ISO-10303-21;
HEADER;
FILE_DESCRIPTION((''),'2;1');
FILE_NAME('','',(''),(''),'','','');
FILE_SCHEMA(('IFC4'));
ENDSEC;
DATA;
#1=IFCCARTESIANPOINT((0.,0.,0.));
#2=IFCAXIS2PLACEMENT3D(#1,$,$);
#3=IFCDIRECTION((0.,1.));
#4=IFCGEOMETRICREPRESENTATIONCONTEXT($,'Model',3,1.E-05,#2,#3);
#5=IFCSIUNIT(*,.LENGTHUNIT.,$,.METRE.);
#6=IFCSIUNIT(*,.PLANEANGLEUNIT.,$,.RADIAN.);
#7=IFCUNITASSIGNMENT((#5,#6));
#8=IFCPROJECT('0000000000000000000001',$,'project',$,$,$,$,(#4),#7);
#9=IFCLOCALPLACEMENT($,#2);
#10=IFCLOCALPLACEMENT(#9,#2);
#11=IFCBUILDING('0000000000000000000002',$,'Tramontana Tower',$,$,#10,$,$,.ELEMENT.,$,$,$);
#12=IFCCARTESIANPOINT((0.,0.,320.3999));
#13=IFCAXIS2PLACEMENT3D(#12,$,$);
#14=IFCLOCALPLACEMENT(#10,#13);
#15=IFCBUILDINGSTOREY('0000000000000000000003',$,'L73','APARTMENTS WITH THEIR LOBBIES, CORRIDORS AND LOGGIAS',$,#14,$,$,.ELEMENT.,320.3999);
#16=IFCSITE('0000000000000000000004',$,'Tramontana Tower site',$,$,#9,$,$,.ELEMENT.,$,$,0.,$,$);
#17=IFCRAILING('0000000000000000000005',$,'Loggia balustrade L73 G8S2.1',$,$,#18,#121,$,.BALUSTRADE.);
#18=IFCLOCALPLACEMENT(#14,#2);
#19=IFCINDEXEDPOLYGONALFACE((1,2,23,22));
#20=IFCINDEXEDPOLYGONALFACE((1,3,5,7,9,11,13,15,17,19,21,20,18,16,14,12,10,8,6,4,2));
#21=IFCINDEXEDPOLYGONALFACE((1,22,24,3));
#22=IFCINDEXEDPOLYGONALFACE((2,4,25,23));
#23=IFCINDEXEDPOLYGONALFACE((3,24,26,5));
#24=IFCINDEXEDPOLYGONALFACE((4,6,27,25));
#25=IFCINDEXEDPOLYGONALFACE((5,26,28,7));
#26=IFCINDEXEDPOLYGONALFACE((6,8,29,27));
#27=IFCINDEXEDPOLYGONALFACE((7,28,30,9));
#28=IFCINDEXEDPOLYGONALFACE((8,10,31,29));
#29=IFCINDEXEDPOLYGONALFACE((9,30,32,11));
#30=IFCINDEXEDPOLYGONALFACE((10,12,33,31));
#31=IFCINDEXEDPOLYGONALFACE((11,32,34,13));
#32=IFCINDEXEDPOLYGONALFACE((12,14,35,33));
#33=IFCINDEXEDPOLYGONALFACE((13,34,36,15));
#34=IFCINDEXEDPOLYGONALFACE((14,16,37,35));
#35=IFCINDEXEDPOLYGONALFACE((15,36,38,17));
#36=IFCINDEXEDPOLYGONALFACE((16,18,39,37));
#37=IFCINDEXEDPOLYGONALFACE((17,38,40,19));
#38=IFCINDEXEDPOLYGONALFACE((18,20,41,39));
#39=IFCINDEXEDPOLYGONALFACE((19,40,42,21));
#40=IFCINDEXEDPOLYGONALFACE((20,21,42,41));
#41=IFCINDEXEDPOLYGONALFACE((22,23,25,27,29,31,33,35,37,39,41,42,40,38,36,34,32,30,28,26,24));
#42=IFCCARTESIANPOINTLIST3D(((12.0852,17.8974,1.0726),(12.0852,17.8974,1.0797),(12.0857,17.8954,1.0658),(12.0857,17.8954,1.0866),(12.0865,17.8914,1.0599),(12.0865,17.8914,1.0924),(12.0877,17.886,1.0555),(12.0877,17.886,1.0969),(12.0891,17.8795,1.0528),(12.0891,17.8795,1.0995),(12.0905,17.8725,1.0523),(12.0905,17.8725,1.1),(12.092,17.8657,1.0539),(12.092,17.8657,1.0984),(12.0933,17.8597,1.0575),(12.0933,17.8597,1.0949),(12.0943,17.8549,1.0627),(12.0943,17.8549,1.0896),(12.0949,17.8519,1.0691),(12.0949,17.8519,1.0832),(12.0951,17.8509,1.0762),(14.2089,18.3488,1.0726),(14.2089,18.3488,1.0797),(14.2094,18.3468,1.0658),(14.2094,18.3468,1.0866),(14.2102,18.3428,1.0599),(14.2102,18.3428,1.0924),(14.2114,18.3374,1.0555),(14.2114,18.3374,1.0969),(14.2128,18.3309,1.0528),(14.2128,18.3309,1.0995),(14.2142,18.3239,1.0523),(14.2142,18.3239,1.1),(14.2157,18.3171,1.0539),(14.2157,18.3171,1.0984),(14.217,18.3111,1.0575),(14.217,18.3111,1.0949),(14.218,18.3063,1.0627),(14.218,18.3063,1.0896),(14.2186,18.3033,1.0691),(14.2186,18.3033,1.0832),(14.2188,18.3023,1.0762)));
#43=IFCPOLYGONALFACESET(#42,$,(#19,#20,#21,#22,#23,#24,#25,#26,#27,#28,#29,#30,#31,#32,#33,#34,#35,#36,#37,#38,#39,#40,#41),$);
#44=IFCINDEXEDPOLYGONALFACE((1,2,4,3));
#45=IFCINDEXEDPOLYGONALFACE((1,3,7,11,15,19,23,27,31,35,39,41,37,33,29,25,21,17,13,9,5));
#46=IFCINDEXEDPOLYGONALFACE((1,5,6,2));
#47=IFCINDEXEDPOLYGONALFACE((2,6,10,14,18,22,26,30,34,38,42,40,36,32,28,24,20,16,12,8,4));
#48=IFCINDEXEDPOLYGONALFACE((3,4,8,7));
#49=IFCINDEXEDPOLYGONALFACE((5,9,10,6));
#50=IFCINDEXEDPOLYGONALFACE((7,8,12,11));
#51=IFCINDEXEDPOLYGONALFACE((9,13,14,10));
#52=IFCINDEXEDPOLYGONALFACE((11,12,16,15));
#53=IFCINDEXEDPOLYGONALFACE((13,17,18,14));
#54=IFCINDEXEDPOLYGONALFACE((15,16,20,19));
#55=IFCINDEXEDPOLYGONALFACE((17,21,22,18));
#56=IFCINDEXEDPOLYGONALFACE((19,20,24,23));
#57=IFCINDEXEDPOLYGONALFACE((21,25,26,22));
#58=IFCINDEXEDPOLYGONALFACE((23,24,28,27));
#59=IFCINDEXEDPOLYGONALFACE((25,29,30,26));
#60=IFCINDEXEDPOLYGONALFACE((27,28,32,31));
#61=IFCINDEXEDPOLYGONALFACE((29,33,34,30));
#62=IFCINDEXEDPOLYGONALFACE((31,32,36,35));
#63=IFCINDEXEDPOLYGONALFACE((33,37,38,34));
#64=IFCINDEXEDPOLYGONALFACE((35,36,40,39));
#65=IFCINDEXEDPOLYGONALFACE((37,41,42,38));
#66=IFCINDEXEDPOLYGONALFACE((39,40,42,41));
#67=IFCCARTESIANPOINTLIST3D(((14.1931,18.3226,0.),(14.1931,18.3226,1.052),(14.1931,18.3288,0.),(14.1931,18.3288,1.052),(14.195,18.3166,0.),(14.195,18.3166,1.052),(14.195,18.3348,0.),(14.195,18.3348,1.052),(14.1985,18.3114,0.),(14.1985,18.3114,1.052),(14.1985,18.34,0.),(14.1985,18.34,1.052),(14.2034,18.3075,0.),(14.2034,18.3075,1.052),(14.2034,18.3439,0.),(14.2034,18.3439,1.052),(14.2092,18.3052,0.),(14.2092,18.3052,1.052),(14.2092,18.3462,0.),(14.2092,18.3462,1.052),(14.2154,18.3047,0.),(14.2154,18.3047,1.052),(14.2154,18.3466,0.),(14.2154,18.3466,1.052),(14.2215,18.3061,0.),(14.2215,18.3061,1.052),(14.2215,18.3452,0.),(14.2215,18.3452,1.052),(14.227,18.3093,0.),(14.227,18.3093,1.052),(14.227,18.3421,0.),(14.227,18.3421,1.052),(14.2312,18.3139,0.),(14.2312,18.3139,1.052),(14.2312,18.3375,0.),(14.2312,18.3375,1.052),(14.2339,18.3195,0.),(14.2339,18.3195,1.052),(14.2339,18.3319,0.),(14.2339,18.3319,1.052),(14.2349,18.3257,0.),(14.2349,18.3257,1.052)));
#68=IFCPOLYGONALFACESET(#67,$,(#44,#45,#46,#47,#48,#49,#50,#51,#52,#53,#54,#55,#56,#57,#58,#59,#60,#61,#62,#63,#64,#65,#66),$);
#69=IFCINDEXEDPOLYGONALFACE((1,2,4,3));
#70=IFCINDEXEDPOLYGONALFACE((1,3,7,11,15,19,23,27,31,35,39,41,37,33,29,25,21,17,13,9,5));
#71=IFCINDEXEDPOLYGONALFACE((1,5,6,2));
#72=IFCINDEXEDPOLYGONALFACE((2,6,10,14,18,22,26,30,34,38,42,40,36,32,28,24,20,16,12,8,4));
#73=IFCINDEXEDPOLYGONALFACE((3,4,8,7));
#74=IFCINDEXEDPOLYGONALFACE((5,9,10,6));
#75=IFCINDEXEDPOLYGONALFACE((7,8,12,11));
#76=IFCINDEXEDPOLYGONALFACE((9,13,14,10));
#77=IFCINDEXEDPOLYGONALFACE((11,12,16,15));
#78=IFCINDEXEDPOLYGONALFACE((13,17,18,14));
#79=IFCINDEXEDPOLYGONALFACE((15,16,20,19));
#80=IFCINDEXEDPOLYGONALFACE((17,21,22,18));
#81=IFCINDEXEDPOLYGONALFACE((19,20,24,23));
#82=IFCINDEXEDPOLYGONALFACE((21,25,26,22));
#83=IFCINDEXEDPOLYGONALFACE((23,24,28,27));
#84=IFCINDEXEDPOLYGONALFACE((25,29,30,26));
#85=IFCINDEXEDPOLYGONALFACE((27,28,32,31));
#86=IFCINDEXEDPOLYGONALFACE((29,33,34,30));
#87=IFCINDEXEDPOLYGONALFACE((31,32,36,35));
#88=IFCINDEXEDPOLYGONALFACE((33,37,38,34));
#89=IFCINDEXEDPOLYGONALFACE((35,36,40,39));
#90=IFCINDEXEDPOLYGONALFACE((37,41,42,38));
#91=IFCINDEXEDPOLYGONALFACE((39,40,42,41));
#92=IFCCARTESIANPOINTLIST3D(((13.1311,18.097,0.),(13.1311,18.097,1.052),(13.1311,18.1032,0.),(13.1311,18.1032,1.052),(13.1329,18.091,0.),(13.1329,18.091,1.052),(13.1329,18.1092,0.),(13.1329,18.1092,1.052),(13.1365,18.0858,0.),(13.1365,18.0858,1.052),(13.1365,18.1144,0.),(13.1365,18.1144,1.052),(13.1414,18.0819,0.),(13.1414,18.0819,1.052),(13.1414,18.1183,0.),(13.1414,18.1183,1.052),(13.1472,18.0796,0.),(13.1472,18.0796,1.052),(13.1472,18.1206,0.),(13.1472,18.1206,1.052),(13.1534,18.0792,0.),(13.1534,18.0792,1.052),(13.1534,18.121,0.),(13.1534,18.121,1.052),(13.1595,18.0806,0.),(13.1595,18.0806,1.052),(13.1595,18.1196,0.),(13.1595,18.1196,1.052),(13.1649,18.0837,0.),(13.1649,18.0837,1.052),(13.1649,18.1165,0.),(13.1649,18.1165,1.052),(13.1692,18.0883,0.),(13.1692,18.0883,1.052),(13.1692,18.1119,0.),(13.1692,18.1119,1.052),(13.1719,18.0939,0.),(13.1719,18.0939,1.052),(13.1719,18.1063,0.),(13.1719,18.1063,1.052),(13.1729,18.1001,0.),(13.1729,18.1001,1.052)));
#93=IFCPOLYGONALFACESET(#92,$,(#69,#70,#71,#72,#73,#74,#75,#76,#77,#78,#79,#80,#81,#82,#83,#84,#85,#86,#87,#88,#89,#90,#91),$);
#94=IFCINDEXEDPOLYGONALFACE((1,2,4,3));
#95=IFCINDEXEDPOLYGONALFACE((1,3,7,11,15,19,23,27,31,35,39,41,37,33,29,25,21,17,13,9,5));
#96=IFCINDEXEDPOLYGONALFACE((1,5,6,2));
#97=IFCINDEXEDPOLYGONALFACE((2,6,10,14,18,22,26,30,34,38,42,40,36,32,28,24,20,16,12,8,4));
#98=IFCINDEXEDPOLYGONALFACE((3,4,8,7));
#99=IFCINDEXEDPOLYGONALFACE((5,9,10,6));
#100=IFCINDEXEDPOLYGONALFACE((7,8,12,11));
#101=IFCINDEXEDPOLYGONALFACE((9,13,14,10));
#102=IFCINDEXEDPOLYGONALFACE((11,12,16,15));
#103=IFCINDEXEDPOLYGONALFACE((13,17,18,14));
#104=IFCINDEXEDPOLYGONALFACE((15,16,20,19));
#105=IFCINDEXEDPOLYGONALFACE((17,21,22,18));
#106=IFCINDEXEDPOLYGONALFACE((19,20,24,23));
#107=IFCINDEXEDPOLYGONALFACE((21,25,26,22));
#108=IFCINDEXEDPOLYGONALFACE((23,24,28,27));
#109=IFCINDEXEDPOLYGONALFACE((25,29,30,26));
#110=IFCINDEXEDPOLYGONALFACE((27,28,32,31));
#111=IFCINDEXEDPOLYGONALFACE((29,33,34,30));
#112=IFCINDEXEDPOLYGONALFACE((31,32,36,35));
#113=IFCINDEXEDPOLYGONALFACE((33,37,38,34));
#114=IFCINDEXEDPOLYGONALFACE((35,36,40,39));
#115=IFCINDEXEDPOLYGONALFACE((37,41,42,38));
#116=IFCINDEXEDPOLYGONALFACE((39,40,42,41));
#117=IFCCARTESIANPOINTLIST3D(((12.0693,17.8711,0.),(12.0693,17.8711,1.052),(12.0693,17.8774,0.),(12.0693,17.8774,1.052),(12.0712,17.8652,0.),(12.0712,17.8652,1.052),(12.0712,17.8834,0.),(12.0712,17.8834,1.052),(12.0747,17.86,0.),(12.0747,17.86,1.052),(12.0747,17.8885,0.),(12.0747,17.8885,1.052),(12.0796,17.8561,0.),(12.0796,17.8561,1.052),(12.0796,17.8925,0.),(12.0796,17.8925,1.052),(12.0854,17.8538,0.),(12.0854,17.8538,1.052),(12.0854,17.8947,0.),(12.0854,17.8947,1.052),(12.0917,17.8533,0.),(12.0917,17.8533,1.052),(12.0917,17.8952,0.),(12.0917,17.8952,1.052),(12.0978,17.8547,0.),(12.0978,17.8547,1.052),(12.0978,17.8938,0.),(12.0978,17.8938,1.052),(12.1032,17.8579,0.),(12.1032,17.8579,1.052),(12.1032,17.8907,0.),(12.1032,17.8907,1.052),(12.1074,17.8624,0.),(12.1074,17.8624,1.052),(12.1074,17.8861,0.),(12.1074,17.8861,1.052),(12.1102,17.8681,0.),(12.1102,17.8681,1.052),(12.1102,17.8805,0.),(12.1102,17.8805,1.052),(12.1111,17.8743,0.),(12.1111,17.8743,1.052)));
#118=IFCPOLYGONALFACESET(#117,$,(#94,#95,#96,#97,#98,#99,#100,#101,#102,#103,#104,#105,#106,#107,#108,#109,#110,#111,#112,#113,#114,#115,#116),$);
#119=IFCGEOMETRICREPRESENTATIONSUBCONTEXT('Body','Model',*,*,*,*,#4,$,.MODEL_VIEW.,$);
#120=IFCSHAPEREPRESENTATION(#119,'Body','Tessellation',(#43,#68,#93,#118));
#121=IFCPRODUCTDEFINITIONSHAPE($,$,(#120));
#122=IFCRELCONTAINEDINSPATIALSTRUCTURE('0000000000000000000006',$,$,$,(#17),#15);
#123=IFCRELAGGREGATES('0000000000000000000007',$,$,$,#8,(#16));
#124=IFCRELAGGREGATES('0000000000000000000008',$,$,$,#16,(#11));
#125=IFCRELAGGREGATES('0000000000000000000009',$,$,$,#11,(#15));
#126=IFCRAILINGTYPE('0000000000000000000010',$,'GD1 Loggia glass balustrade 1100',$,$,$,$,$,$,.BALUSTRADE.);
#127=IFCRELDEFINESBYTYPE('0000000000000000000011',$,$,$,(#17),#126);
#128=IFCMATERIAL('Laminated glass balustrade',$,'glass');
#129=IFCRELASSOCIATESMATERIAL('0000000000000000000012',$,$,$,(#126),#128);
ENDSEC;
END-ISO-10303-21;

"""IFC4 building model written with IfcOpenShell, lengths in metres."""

from ifc_helpers import new_model, si_unit, direction, frame, origin, origin_2d, place, context, subcontext, project, spatial, circle, extrude, material, type_object, element, save


model = new_model("IFC4")

# Units and contexts
model_context = context("Model", 3, precision=1e-05, world=origin(), true_north=direction((0.0, 1.0)))
body_context = subcontext(model_context, "Body", "Model", "MODEL_VIEW")
ifc_project = project(units=[si_unit("LENGTHUNIT", "METRE"), si_unit("PLANEANGLEUNIT", "RADIAN")], contexts=[model_context])

# Site, building, storey
site_placement = place(None, origin())
site = spatial("IfcSite", under=ifc_project, at=site_placement, Name="Tramontana Tower site", CompositionType="ELEMENT", RefElevation=0.0)
building_placement = place(site_placement, origin())
building = spatial("IfcBuilding", under=site, at=building_placement, Name="Tramontana Tower", CompositionType="ELEMENT")
storey_placement = place(building_placement, frame((0.0, 0.0, 320.3999)))
storey = spatial("IfcBuildingStorey", under=building, at=storey_placement, Name="L73", Description="APARTMENTS WITH THEIR LOBBIES, CORRIDORS AND LOGGIAS", CompositionType="ELEMENT", Elevation=320.3999)

# Railing
ifc_material_1 = material(Name="Laminated glass balustrade", Category="glass")
railing_type = type_object("IfcRailingType", Name="GD1 Loggia glass balustrade 1100", PredefinedType="BALUSTRADE", material=ifc_material_1)
railing_1_placement = place(storey_placement, frame((14.2139, 18.3257, 0.0)))
element("IfcRailing", 1, at=railing_1_placement, inside=storey, type_object=railing_type, Name="Loggia balustrade L73 G8S2.1", PredefinedType="BALUSTRADE", context=body_context, shape_type="SweptSolid", body=[
    extrude(circle(Radius=0.0239, at=origin_2d()), frame((0.0, 0.0, 1.0762), z_axis=(-0.978148, -0.207909, 0.0), x_axis=(0.207909, -0.978148, 0.0)), (0.0, 0.0, 1.0), 2.1711),
    extrude(circle(Radius=0.021, at=origin_2d()), origin(), (0.0, 0.0, 1.0), 1.052),
    extrude(circle(Radius=0.021, at=origin_2d()), frame((-1.062, -0.2256, 0.0)), (0.0, 0.0, 1.0), 1.052),
    extrude(circle(Radius=0.021, at=origin_2d()), frame((-2.1238, -0.4514, 0.0)), (0.0, 0.0, 1.0), 1.052),
])

save(model, "model.ifc")
